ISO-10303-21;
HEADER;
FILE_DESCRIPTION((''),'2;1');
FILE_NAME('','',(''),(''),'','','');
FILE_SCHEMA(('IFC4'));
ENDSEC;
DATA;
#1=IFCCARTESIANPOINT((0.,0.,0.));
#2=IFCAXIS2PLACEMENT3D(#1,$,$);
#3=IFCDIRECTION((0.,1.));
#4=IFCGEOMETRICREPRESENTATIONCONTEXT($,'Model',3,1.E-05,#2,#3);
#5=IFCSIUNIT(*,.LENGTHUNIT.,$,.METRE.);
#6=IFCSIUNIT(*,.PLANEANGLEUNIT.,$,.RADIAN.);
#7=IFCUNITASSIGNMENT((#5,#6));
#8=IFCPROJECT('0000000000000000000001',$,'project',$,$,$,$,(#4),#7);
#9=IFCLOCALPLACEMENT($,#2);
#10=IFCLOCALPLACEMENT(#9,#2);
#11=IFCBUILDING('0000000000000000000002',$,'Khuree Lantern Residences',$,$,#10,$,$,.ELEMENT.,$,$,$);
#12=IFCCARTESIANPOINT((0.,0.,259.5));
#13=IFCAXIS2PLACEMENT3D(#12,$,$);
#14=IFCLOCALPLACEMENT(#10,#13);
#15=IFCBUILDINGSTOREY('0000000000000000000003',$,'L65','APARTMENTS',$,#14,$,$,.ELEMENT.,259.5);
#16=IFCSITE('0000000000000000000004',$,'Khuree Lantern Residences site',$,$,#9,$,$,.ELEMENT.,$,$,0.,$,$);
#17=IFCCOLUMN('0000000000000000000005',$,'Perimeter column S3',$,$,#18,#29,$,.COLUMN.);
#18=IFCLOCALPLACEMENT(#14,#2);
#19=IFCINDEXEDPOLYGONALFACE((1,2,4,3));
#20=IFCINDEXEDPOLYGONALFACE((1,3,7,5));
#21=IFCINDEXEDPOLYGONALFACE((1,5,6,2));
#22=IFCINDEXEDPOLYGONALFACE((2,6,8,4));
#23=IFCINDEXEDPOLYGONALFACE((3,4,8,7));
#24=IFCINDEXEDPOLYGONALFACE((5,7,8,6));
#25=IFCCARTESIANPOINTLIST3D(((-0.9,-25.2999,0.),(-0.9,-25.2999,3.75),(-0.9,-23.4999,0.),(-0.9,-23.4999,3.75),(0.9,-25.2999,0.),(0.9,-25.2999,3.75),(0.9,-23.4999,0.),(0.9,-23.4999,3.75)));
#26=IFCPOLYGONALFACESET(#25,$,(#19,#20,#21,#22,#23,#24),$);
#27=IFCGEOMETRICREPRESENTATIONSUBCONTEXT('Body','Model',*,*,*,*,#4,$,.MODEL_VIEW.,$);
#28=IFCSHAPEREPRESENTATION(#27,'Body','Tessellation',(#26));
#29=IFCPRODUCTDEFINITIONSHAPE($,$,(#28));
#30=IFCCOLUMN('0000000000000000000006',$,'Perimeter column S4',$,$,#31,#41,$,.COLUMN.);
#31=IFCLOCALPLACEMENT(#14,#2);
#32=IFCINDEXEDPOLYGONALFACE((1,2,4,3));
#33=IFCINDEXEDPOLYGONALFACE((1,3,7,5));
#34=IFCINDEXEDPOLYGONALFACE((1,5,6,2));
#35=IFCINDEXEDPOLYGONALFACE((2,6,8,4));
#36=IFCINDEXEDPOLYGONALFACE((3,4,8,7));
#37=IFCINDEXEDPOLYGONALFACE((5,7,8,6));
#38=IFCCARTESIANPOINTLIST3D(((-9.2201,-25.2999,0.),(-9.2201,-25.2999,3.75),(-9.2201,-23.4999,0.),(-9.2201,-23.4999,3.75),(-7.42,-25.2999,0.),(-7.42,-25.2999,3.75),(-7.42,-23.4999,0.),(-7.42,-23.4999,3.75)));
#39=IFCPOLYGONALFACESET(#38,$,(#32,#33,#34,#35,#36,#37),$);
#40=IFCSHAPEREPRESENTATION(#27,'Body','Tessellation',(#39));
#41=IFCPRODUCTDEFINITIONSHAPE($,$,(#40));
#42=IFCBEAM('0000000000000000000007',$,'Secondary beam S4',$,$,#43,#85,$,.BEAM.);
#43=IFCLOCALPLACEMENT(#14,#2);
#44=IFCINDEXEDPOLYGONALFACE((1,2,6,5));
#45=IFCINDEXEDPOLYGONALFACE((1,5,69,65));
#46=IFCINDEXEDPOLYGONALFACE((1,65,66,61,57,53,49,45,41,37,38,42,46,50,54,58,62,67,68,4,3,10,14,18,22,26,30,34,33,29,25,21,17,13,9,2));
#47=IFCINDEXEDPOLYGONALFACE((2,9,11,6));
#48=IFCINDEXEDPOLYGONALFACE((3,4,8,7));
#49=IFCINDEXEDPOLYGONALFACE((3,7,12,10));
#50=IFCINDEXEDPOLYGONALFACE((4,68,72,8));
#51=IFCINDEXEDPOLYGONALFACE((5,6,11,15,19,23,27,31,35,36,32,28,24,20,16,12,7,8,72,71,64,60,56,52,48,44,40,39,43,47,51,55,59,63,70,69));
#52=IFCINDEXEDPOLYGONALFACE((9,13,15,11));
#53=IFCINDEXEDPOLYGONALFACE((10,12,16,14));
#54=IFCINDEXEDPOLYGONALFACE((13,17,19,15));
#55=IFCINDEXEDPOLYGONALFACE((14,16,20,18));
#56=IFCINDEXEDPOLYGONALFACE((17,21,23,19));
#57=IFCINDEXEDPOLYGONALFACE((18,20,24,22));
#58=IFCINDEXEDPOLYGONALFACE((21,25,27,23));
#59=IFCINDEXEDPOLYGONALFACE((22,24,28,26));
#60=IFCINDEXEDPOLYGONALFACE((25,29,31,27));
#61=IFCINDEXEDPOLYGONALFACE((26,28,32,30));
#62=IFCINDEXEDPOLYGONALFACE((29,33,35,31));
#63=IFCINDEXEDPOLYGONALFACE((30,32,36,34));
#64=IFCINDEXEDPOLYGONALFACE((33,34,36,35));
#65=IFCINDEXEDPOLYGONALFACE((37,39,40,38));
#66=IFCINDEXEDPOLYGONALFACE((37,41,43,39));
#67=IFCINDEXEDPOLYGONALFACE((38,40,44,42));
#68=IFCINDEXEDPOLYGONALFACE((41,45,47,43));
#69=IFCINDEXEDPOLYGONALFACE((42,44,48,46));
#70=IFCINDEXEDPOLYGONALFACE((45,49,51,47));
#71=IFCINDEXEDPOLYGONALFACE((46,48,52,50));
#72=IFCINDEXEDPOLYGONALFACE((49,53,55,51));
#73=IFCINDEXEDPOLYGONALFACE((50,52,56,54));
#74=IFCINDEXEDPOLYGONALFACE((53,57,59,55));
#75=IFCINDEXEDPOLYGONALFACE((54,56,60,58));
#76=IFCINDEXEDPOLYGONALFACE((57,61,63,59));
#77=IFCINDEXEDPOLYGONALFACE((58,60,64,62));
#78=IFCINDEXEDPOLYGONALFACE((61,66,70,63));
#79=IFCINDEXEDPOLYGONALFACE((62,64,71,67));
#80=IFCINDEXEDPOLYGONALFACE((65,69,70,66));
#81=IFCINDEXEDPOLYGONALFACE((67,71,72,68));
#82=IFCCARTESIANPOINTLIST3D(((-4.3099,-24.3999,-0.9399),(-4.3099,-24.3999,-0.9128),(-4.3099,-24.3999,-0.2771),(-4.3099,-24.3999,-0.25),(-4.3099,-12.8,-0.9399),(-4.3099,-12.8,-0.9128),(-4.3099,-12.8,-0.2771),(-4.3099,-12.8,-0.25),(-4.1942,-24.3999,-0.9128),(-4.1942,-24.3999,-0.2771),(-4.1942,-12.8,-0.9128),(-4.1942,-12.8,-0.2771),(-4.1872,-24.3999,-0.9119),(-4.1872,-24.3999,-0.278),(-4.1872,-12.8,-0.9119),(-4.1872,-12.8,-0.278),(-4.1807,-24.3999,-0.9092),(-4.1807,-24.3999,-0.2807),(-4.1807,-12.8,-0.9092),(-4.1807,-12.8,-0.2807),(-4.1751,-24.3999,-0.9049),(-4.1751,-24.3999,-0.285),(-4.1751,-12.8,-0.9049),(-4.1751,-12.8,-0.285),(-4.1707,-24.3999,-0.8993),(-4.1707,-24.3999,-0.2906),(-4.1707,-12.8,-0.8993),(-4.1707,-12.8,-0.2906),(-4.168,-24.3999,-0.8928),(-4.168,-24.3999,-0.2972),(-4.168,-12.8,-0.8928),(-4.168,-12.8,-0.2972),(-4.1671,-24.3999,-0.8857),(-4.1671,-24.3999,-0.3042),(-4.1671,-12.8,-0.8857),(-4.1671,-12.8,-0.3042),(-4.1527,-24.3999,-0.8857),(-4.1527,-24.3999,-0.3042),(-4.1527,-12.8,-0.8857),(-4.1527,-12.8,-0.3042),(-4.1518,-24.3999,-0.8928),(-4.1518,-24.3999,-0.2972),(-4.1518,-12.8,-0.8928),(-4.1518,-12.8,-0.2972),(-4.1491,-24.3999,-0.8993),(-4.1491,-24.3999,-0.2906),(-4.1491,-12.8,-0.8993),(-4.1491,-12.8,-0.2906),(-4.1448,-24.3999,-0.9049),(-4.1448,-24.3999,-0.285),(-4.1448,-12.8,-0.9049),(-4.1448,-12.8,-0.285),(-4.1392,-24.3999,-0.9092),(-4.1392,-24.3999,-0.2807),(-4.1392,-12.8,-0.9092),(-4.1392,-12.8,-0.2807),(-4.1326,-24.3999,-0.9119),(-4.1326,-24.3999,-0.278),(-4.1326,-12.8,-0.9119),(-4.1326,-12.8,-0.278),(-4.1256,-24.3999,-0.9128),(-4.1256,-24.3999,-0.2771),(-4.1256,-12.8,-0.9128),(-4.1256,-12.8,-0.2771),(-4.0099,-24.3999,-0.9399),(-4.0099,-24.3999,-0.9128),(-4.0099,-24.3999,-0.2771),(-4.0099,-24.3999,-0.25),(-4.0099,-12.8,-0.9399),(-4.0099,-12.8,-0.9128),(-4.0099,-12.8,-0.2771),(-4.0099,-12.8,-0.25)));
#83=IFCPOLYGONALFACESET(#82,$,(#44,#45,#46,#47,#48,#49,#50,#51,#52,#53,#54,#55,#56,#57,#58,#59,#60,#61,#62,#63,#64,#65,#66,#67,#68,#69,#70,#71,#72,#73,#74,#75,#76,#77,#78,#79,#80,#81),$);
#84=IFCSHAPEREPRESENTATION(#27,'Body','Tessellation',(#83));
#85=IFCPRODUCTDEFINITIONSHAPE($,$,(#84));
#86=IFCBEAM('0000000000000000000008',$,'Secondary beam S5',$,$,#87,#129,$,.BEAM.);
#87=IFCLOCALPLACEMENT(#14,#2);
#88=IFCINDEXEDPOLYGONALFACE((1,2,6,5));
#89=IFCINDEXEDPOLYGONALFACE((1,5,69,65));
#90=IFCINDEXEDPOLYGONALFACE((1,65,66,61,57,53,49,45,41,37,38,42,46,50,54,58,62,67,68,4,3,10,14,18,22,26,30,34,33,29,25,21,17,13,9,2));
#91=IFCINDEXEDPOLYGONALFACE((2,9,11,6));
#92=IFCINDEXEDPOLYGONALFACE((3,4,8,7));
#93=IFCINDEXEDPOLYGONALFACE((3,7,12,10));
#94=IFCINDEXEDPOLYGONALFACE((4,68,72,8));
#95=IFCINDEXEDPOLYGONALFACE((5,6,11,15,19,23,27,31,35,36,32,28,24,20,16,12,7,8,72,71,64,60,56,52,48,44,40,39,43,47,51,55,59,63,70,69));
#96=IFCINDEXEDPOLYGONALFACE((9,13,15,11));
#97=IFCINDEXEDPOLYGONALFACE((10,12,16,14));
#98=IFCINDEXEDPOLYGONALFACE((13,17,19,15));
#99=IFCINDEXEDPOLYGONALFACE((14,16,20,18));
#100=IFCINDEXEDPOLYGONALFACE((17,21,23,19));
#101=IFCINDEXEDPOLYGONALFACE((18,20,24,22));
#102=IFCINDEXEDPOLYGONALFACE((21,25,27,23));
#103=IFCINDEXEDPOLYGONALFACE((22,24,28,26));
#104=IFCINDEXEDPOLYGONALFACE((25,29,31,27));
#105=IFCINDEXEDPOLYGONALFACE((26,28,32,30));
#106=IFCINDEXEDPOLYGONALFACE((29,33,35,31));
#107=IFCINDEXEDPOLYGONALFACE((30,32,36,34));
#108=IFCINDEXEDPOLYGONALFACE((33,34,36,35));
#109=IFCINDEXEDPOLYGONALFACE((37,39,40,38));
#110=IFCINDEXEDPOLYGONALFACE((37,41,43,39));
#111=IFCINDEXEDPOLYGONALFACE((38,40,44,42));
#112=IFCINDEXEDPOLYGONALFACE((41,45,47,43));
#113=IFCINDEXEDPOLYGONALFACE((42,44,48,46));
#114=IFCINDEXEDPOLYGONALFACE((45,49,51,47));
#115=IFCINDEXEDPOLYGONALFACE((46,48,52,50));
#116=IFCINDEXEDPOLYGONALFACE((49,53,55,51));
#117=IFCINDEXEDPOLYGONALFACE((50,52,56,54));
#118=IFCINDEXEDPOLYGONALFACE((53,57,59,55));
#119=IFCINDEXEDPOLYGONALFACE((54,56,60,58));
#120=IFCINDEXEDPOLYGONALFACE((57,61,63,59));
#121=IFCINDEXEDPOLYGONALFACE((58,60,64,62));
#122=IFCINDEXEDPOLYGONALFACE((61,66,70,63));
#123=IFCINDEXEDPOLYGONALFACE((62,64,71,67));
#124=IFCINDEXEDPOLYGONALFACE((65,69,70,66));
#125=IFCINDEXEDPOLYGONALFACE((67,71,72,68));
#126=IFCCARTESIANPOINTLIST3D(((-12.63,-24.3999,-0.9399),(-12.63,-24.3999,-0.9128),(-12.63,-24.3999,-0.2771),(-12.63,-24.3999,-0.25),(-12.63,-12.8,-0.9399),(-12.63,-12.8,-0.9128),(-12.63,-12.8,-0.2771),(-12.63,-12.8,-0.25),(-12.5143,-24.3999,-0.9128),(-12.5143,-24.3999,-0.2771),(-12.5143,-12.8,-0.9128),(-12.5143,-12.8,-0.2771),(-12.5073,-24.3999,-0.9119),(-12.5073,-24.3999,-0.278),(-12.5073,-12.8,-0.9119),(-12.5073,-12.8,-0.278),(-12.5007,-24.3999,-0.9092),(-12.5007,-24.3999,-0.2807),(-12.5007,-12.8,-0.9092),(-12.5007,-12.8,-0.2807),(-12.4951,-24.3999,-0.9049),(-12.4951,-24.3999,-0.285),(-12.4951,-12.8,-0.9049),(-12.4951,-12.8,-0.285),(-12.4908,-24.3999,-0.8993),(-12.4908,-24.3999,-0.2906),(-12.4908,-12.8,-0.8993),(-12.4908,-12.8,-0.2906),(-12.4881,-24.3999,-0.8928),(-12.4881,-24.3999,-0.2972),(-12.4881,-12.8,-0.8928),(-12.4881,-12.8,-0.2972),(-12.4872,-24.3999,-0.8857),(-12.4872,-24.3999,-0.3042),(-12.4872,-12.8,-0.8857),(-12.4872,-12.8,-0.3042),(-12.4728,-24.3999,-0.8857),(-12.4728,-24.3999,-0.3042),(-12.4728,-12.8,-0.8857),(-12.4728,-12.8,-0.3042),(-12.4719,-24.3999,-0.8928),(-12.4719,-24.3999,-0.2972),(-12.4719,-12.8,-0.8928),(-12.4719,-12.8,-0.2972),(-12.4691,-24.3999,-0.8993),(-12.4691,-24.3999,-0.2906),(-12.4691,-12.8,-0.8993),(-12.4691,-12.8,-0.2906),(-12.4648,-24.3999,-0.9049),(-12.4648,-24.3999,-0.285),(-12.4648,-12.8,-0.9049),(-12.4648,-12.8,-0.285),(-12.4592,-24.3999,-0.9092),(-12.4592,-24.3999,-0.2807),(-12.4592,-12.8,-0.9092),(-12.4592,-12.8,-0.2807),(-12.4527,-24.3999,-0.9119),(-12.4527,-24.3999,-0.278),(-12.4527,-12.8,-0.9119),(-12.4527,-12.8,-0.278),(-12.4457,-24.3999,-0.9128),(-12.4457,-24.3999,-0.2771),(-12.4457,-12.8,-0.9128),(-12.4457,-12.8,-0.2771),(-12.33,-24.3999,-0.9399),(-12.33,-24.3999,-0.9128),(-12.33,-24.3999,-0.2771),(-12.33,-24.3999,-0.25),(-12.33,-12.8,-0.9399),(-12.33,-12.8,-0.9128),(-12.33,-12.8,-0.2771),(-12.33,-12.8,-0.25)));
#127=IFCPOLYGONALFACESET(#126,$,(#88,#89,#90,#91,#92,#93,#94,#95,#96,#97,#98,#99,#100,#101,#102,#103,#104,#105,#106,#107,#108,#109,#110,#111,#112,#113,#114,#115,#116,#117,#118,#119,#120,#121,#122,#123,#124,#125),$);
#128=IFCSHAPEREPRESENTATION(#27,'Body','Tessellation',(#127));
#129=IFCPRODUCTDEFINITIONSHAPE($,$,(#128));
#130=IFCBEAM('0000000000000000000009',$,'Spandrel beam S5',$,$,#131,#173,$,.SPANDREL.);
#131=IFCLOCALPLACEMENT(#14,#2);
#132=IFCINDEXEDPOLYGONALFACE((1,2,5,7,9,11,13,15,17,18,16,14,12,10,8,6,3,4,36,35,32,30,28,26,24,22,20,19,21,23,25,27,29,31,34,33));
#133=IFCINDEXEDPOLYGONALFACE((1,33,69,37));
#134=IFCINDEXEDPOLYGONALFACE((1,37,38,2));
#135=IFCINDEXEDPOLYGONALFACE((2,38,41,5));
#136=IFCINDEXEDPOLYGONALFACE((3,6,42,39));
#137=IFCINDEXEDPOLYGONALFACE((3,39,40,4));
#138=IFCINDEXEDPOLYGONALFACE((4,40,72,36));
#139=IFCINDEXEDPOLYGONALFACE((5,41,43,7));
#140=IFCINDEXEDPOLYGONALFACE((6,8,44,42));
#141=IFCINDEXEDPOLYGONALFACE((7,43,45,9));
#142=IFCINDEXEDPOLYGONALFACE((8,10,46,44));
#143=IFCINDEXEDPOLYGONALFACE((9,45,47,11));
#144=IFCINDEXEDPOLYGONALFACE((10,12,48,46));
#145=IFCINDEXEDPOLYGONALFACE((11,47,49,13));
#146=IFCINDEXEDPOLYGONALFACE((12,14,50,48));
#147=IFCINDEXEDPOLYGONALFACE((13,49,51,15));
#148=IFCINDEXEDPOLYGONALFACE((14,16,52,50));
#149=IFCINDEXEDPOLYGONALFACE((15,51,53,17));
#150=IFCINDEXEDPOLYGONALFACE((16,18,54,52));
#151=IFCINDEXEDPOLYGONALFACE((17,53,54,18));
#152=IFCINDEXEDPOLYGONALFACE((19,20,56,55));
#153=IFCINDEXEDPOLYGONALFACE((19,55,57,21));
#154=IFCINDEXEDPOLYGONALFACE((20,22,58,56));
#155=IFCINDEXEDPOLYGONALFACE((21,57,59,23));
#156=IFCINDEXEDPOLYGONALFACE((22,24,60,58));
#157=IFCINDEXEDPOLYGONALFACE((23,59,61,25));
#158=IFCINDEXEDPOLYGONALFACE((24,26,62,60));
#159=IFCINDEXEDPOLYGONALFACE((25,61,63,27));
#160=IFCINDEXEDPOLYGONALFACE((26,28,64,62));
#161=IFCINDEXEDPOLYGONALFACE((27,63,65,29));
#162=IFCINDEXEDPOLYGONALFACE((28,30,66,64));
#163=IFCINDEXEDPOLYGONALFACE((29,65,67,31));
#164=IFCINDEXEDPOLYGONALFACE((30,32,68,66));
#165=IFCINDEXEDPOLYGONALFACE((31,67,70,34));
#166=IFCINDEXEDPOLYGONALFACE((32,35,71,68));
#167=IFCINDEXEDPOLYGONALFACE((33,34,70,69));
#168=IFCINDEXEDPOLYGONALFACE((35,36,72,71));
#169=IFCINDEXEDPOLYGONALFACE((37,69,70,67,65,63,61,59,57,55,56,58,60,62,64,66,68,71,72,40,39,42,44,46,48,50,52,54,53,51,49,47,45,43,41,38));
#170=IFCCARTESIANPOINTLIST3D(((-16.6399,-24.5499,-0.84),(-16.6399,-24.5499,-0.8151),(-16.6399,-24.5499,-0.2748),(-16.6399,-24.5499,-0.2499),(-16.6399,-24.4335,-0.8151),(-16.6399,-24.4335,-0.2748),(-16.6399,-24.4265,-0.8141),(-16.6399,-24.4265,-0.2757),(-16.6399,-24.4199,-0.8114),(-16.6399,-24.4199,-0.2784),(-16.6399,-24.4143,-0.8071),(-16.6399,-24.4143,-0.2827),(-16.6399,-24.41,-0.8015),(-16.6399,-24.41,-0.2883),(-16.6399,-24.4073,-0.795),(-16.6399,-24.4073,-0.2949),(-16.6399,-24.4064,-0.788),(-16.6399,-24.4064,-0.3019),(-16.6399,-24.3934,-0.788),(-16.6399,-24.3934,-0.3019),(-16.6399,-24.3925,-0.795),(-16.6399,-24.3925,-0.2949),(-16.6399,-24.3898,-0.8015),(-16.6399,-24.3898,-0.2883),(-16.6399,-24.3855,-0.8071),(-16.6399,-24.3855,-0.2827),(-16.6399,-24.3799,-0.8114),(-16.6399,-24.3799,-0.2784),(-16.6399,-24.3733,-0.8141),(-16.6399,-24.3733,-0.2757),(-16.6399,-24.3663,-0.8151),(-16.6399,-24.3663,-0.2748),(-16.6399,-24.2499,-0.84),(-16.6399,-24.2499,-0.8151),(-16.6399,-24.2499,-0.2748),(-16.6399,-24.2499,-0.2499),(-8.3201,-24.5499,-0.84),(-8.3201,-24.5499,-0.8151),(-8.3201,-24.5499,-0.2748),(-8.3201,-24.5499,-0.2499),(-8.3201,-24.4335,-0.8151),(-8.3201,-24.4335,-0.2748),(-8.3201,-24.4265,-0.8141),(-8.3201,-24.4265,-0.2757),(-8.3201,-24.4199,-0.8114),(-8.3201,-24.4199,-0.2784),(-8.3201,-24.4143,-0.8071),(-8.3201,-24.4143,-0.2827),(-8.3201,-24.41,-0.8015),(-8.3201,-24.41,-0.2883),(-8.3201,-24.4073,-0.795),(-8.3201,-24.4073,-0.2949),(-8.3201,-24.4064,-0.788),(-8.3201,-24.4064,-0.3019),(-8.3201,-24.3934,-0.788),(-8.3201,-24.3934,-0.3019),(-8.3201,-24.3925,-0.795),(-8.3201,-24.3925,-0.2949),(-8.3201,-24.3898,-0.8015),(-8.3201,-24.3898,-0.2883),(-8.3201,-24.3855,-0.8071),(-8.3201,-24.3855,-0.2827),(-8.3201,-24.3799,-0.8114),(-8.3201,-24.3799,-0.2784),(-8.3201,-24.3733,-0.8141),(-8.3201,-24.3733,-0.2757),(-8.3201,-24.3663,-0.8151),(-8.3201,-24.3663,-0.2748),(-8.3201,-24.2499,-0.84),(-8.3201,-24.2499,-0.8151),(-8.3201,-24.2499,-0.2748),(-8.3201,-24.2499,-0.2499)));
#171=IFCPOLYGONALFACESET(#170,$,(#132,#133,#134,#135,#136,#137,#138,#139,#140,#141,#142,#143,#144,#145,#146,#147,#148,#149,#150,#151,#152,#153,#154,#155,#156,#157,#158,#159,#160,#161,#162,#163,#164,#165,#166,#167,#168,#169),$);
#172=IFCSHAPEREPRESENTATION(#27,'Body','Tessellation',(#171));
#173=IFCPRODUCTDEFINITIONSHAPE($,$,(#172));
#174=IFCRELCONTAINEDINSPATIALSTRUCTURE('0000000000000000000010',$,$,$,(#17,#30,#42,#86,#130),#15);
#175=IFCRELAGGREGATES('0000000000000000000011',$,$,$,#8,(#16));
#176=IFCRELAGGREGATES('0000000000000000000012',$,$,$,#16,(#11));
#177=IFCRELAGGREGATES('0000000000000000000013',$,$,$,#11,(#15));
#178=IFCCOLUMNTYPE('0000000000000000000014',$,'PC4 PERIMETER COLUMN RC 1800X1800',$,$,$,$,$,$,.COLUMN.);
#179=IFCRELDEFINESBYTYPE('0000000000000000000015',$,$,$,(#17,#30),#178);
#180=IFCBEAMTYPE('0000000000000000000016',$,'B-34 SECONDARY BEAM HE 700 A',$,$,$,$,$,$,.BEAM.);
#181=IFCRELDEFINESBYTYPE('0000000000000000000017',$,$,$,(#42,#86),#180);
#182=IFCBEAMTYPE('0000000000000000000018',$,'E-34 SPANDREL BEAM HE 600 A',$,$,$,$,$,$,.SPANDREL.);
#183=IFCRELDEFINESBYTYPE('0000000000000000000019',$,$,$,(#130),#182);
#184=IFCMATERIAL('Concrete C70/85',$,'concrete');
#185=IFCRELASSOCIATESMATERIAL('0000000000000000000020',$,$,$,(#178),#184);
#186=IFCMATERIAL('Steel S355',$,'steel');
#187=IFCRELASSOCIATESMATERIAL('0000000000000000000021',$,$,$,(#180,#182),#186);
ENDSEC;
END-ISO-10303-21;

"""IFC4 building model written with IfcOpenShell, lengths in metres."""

from ifc_helpers import new_model, si_unit, direction, frame, origin, origin_2d, place, context, subcontext, project, spatial, rectangle, i_section, extrude, material, material_profile, profile_set, type_object, element, save


model = new_model("IFC4")

# Units and contexts
model_context = context("Model", 3, precision=1e-05, world=origin(), true_north=direction((0.0, 1.0)))
body_context = subcontext(model_context, "Body", "Model", "MODEL_VIEW")
ifc_project = project(units=[si_unit("LENGTHUNIT", "METRE"), si_unit("PLANEANGLEUNIT", "RADIAN")], contexts=[model_context])

# Site, building, storey
site_placement = place(None, origin())
site = spatial("IfcSite", under=ifc_project, at=site_placement, Name="Khuree Lantern Residences site", CompositionType="ELEMENT", RefElevation=0.0)
building_placement = place(site_placement, origin())
building = spatial("IfcBuilding", under=site, at=building_placement, Name="Khuree Lantern Residences", CompositionType="ELEMENT")
storey_placement = place(building_placement, frame((0.0, 0.0, 259.5)))
storey = spatial("IfcBuildingStorey", under=building, at=storey_placement, Name="L65", Description="APARTMENTS", CompositionType="ELEMENT", Elevation=259.5)

# Columns
ifc_material_1 = material(Name="Concrete C70/85", Category="concrete")
ifc_material_profile_1 = material_profile(ifc_material_1, rectangle(XDim=1.8, YDim=1.8, at=origin_2d()), Name="RC 1800X1800")
ifc_profile_set_1 = profile_set([ifc_material_profile_1], Name="Concrete C70/85")
column_type = type_object("IfcColumnType", Name="PC4 PERIMETER COLUMN RC 1800X1800", PredefinedType="COLUMN", material=ifc_profile_set_1)
for number, where, z_axis, x_axis, name in (
    (1, (0.0, -24.3999, 0.0), (0.0, 0.0, 1.0), (1.0, 0.0, 0.0), "Perimeter column S3"),
    (2, (-8.3201, -24.3999, 0.0), (0.0, 0.0, 1.0), (1.0, 0.0, 0.0), "Perimeter column S4"),
):
    element("IfcColumn", number, at=place(storey_placement, frame(where, z_axis=z_axis, x_axis=x_axis)), inside=storey, type_object=column_type, Name=name, PredefinedType="COLUMN", context=body_context, shape_type="SweptSolid", body=[
        extrude(rectangle(XDim=1.8, YDim=1.8, at=origin_2d()), origin(), (0.0, 0.0, 1.0), 3.75),
    ])

# Beams
ifc_material_2 = material(Name="Steel S355", Category="steel")
ifc_material_profile_2 = material_profile(ifc_material_2, i_section(OverallWidth=0.3, OverallDepth=0.6899, WebThickness=0.0144, FlangeThickness=0.0271, FilletRadius=0.0271, at=origin_2d()), Name="HE 700 A")
ifc_profile_set_2 = profile_set([ifc_material_profile_2], Name="Steel S355")
beam_type_1 = type_object("IfcBeamType", Name="B-34 SECONDARY BEAM HE 700 A", PredefinedType="BEAM", material=ifc_profile_set_2)
for number, where, z_axis, x_axis, name in (
    (3, (-4.1599, -24.3999, -0.595), (0.0, 1.0, 0.0), (-1.0, 0.0, 0.0), "Secondary beam S4"),
    (4, (-12.48, -24.3999, -0.595), (0.0, 1.0, 0.0), (-1.0, 0.0, 0.0), "Secondary beam S5"),
):
    element("IfcBeam", number, at=place(storey_placement, frame(where, z_axis=z_axis, x_axis=x_axis)), inside=storey, type_object=beam_type_1, Name=name, PredefinedType="BEAM", context=body_context, shape_type="SweptSolid", body=[
        extrude(i_section(OverallWidth=0.3, OverallDepth=0.6899, WebThickness=0.0144, FlangeThickness=0.0271, FilletRadius=0.0271, at=origin_2d()), origin(), (0.0, 0.0, 1.0), 11.5999),
    ])
ifc_material_profile_3 = material_profile(ifc_material_2, i_section(OverallWidth=0.3, OverallDepth=0.5901, WebThickness=0.0129, FlangeThickness=0.0249, FilletRadius=0.0271, at=origin_2d()), Name="HE 600 A")
ifc_profile_set_3 = profile_set([ifc_material_profile_3], Name="Steel S355")
beam_type_2 = type_object("IfcBeamType", Name="E-34 SPANDREL BEAM HE 600 A", PredefinedType="SPANDREL", material=ifc_profile_set_3)
beam_1_placement = place(storey_placement, frame((-8.3201, -24.3999, -0.5449), z_axis=(-1.0, 0.0, 0.0), x_axis=(0.0, -1.0, 0.0)))
element("IfcBeam", 5, at=beam_1_placement, inside=storey, type_object=beam_type_2, Name="Spandrel beam S5", PredefinedType="SPANDREL", context=body_context, shape_type="SweptSolid", body=[
    extrude(i_section(OverallWidth=0.3, OverallDepth=0.5901, WebThickness=0.0129, FlangeThickness=0.0249, FilletRadius=0.0271, at=origin_2d()), origin(), (0.0, 0.0, 1.0), 8.3198),
])

save(model, "model.ifc")
